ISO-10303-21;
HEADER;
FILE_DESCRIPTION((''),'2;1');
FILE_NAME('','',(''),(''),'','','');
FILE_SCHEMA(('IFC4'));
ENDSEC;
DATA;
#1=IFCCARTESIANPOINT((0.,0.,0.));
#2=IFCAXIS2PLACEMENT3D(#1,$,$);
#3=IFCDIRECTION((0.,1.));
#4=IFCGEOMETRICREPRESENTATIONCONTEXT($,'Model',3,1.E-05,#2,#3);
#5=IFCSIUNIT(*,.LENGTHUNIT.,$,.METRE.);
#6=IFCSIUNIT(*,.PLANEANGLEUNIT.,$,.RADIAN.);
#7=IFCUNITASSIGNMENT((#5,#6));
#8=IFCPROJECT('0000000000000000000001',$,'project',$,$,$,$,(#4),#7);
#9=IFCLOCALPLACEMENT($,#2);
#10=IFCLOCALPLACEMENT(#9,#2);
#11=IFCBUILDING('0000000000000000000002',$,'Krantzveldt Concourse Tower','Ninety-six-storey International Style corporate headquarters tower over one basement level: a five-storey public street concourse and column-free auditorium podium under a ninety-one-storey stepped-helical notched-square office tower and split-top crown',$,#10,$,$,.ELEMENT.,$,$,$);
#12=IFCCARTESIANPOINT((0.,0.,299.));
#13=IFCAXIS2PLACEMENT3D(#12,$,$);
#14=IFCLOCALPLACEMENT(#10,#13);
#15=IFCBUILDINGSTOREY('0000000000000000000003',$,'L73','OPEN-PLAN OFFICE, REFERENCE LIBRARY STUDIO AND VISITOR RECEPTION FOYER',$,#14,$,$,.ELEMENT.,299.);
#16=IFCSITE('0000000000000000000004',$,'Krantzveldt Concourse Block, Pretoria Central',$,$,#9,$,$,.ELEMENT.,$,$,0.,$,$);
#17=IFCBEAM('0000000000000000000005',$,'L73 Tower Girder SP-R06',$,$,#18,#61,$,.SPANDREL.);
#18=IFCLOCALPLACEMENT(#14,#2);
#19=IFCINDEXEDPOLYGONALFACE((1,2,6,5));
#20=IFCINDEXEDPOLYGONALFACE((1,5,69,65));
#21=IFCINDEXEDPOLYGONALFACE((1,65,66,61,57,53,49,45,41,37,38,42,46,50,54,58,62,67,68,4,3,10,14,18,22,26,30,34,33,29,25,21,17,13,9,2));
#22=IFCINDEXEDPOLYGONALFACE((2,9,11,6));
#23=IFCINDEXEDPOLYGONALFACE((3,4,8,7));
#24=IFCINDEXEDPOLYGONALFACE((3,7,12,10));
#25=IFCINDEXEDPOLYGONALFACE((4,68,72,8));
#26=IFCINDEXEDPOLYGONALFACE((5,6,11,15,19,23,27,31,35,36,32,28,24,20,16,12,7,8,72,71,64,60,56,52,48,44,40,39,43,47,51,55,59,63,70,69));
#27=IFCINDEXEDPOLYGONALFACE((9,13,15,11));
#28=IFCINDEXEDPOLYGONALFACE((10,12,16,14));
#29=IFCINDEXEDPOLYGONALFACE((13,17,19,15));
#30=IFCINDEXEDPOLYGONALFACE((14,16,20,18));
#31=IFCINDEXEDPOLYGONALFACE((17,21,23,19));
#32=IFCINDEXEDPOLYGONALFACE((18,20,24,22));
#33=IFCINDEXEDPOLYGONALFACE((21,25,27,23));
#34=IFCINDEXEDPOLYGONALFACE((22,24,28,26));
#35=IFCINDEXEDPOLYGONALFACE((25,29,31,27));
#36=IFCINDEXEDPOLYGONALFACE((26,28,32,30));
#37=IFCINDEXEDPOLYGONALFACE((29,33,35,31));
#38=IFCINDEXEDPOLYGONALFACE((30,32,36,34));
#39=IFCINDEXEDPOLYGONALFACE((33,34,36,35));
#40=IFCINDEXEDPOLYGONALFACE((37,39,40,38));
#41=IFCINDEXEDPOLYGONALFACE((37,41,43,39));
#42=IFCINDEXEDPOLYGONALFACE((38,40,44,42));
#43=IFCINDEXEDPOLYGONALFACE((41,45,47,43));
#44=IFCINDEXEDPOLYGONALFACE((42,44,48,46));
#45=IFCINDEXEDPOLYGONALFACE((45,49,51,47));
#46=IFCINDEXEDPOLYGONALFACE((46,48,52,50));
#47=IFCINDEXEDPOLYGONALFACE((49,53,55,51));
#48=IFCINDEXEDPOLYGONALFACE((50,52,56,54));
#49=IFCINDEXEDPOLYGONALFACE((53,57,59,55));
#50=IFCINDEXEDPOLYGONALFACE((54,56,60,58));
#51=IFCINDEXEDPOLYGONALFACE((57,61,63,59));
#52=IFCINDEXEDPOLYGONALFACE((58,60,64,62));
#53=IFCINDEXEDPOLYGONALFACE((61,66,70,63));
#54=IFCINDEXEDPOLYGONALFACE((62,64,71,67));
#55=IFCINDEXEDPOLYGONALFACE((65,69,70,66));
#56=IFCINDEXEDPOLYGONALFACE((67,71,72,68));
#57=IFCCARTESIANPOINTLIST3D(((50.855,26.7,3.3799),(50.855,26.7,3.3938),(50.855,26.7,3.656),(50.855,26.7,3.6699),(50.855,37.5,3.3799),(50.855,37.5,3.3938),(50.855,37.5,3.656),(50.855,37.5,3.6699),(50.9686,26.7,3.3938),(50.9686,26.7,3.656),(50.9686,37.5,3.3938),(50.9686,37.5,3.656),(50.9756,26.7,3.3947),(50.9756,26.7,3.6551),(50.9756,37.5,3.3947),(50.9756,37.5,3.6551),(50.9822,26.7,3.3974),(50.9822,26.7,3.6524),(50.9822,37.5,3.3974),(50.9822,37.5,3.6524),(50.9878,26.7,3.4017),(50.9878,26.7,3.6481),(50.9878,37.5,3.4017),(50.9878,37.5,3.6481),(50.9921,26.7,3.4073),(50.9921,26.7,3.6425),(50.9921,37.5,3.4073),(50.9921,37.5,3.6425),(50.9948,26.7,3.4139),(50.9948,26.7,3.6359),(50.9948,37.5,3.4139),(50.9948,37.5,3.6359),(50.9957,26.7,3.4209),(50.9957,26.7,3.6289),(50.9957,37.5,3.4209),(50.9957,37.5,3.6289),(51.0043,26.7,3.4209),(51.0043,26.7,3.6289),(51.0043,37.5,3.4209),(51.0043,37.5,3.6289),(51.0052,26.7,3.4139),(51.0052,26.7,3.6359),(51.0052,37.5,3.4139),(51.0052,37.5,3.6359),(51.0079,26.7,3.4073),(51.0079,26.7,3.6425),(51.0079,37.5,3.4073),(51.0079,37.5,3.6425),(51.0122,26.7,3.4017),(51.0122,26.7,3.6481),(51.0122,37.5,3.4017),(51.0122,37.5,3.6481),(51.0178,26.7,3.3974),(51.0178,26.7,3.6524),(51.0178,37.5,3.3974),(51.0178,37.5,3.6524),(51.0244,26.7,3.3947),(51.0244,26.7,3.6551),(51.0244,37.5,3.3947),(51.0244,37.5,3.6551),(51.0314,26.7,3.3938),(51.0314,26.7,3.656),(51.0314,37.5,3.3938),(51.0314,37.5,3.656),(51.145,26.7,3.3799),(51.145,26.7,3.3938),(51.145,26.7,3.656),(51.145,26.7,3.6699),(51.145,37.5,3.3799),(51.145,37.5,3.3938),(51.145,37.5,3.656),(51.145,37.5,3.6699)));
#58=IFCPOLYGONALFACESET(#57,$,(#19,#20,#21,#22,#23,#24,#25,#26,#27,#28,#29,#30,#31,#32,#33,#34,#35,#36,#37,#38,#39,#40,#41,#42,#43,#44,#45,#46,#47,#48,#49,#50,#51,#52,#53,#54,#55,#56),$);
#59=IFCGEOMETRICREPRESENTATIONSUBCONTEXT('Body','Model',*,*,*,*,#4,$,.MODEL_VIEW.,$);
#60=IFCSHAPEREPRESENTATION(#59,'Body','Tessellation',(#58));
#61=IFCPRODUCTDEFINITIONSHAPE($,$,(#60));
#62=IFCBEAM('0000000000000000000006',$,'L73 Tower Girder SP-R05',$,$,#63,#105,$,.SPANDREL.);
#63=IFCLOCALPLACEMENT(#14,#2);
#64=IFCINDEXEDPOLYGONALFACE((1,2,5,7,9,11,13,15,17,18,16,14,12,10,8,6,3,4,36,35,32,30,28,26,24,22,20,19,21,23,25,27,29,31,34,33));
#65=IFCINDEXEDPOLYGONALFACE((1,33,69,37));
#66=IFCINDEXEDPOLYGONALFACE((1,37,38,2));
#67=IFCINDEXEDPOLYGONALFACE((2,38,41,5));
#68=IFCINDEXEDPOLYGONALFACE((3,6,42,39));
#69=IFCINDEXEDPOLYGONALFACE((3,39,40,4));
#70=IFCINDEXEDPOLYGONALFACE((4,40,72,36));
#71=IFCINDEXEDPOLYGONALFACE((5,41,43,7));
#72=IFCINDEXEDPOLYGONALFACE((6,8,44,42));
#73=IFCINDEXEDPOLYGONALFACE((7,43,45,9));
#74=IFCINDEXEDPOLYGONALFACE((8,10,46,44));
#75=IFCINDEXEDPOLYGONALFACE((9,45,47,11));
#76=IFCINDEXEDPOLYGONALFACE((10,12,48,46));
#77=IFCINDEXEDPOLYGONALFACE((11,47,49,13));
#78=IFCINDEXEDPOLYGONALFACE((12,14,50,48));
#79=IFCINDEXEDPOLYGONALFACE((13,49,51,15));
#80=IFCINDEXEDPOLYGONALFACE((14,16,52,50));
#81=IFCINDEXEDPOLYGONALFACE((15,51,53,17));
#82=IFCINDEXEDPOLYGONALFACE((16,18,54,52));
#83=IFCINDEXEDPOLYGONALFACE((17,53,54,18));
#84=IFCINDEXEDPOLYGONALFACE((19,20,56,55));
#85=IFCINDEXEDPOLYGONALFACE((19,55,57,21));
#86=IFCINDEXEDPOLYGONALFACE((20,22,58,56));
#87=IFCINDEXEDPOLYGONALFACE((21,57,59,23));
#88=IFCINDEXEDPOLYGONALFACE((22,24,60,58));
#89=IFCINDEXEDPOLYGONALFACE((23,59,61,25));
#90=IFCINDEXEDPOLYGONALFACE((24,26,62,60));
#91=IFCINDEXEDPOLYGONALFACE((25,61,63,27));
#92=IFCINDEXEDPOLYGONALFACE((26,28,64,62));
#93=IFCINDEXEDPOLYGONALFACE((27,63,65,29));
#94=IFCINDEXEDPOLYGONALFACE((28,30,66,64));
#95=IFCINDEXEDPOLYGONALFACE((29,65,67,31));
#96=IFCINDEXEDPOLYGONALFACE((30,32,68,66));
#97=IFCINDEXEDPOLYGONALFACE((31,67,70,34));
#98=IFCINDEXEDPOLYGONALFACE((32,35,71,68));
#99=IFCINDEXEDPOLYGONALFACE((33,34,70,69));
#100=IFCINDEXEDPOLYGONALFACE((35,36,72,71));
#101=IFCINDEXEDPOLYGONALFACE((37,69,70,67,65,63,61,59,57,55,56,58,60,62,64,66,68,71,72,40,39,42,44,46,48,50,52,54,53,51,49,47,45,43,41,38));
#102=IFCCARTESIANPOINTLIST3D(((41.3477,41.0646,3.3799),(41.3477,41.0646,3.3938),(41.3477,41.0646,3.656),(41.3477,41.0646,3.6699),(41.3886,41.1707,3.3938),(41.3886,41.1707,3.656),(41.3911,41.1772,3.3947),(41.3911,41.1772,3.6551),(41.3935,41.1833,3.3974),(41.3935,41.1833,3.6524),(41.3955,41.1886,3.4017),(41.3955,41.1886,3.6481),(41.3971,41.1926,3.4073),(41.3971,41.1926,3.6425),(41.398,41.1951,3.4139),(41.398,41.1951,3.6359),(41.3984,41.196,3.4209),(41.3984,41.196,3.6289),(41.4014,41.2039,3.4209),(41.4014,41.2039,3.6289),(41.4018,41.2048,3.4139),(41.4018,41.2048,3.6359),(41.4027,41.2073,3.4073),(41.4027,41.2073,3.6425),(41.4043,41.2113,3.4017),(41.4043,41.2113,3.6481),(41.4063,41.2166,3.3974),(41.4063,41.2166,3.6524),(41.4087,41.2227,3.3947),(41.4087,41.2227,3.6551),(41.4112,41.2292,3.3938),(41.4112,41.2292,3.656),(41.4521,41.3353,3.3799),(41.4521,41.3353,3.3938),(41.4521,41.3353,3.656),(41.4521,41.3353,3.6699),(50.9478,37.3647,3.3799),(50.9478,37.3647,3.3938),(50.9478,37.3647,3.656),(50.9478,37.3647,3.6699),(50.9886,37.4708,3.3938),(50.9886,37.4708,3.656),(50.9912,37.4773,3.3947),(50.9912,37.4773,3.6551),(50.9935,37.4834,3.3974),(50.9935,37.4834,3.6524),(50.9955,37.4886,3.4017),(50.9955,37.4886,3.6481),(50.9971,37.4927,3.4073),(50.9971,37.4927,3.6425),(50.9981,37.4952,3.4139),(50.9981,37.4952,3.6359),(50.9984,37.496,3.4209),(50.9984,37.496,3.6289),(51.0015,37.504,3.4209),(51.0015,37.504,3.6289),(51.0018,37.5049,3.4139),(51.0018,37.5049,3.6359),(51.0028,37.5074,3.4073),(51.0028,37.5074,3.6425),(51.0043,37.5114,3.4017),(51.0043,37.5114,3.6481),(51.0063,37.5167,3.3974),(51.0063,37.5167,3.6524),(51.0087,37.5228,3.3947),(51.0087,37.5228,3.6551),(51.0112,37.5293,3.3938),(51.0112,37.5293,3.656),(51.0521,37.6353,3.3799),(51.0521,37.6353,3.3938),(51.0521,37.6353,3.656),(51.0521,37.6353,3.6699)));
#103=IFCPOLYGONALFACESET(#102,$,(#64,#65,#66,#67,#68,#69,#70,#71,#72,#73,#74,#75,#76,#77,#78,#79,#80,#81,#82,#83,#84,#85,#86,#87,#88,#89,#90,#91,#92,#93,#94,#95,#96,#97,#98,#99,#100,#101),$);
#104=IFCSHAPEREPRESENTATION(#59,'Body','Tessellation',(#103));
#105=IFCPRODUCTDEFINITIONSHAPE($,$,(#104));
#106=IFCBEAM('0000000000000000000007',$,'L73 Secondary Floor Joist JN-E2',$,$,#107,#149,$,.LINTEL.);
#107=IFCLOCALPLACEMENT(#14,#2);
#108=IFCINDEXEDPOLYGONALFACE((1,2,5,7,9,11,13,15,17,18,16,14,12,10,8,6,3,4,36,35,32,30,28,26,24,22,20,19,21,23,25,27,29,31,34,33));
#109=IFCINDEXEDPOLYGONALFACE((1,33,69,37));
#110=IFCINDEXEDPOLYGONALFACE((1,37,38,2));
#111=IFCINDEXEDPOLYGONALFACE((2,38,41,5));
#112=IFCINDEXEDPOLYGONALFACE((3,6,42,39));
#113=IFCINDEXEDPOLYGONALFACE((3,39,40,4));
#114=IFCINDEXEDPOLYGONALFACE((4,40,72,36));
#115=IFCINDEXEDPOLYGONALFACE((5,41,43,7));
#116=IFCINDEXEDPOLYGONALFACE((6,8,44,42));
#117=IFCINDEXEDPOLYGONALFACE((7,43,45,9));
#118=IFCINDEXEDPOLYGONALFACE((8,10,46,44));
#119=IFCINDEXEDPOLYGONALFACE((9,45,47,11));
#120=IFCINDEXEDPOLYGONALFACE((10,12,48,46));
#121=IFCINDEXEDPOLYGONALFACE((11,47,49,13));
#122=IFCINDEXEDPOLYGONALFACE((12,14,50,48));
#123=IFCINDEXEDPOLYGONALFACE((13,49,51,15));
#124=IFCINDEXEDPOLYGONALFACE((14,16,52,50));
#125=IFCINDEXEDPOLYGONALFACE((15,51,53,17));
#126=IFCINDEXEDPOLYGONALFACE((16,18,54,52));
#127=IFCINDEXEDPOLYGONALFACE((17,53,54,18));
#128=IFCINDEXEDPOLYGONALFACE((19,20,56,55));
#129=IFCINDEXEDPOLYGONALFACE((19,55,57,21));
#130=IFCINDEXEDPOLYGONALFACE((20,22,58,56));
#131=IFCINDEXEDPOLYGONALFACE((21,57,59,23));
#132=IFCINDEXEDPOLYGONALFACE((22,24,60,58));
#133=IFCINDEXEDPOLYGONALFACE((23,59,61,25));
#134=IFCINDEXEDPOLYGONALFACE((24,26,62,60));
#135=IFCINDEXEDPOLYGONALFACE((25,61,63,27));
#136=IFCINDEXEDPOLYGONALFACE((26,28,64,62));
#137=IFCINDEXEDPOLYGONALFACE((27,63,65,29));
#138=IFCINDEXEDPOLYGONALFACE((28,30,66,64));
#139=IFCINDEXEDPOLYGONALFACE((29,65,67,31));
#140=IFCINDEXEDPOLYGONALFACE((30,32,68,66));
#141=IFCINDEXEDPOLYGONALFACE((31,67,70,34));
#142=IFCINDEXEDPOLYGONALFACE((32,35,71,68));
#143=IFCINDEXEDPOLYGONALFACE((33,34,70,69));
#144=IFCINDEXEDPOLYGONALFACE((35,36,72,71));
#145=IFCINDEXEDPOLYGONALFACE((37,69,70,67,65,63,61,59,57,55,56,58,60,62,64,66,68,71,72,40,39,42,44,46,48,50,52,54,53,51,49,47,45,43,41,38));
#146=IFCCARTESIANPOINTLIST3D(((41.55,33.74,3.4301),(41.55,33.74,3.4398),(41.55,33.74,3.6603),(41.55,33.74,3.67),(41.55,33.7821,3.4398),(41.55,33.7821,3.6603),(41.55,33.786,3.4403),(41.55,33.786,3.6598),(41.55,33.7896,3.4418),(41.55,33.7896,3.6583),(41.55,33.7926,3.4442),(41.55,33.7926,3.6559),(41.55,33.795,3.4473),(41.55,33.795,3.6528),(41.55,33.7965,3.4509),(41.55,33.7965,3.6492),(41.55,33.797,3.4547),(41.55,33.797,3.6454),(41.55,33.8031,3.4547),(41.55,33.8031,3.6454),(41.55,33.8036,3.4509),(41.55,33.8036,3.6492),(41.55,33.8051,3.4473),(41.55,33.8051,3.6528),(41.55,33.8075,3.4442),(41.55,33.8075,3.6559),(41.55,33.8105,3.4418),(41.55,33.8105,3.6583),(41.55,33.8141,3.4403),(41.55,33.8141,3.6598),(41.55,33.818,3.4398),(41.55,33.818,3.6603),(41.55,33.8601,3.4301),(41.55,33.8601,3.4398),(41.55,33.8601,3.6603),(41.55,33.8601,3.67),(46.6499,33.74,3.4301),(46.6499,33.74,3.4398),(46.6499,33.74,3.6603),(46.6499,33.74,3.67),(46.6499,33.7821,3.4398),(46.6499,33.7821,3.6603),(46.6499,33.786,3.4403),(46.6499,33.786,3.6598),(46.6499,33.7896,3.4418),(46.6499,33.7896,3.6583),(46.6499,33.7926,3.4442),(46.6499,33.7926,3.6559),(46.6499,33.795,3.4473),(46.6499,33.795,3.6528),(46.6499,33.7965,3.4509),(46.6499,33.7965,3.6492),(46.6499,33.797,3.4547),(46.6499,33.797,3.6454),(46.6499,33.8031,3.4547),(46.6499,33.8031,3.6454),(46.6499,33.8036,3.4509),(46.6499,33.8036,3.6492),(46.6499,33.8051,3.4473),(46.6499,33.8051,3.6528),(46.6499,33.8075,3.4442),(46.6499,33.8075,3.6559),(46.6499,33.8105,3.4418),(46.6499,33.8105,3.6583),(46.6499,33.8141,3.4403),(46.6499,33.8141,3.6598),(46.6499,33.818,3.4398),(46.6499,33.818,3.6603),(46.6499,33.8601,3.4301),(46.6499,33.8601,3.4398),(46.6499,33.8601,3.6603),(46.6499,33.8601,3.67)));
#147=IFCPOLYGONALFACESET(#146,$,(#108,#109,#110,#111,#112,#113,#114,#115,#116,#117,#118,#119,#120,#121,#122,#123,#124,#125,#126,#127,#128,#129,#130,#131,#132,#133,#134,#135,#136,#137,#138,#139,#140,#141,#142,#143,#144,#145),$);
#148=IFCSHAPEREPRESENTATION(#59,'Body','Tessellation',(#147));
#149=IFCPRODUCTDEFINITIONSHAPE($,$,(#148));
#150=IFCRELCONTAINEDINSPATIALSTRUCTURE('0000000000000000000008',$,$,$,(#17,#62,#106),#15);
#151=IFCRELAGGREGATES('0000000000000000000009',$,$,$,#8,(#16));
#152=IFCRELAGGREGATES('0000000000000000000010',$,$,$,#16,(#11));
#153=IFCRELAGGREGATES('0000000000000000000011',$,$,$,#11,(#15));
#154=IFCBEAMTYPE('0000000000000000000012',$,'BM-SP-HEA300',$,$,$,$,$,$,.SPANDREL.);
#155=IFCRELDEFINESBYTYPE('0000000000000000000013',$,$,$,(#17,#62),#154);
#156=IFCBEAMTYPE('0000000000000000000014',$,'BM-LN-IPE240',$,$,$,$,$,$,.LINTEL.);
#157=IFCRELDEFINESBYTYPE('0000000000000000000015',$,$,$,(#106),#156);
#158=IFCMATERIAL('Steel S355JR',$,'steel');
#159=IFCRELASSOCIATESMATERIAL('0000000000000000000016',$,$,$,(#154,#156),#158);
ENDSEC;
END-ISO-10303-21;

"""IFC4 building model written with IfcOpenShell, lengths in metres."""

from ifc_helpers import new_model, si_unit, direction, frame, origin, origin_2d, place, context, subcontext, project, spatial, i_section, extrude, source, transform, mapped, material, material_profile, profile_set, type_object, type_shapes, element, save


model = new_model("IFC4")

# Units and contexts
model_context = context("Model", 3, precision=1e-05, world=origin(), true_north=direction((0.0, 1.0)))
body_context = subcontext(model_context, "Body", "Model", "MODEL_VIEW")
ifc_project = project(units=[si_unit("LENGTHUNIT", "METRE"), si_unit("PLANEANGLEUNIT", "RADIAN")], contexts=[model_context])

# Site, building, storey
site_placement = place(None, origin())
site = spatial("IfcSite", under=ifc_project, at=site_placement, Name="Krantzveldt Concourse Block, Pretoria Central", CompositionType="ELEMENT", RefElevation=0.0)
building_placement = place(site_placement, origin())
building = spatial("IfcBuilding", under=site, at=building_placement, Name="Krantzveldt Concourse Tower", Description="Ninety-six-storey International Style corporate headquarters tower over one basement level: a five-storey public street concourse and column-free auditorium podium under a ninety-one-storey stepped-helical notched-square office tower and split-top crown", CompositionType="ELEMENT")
storey_placement = place(building_placement, frame((0.0, 0.0, 299.0)))
storey = spatial("IfcBuildingStorey", under=building, at=storey_placement, Name="L73", Description="OPEN-PLAN OFFICE, REFERENCE LIBRARY STUDIO AND VISITOR RECEPTION FOYER", CompositionType="ELEMENT", Elevation=299.0)

# Beams
ifc_material_1 = material(Name="Steel S355JR", Category="steel")
ifc_material_profile_1 = material_profile(ifc_material_1, i_section(OverallWidth=0.29, OverallDepth=0.29, WebThickness=0.0085, FlangeThickness=0.0139, FilletRadius=0.0271, at=origin_2d()), Name="Steel S355JR", Category="steel")
ifc_profile_set_1 = profile_set([ifc_material_profile_1], Name="Steel S355JR - HEA 300")
beam_type_1 = type_object("IfcBeamType", Name="BM-SP-HEA300", PredefinedType="SPANDREL", material=ifc_profile_set_1)
shared_shape_1 = source(origin(), body_context, "Body", "SweptSolid", [
    extrude(i_section(OverallWidth=0.29, OverallDepth=0.29, WebThickness=0.0085, FlangeThickness=0.0139, FilletRadius=0.0271, at=origin_2d()), origin(), (0.0, 0.0, 1.0), 10.8),
])
beam_1_placement = place(storey_placement, frame((51.0, 37.5, 3.5249), z_axis=(0.0, -1.0, 0.0), x_axis=(1.0, 0.0, 0.0)))
element("IfcBeam", 1, at=beam_1_placement, inside=storey, type_object=beam_type_1, Name="L73 Tower Girder SP-R06", PredefinedType="SPANDREL", context=body_context, shape_type="MappedRepresentation", body=[
    mapped(shared_shape_1, transform((0.0, 0.0, 0.0), x_axis=(1.0, 0.0, 0.0), y_axis=(0.0, 1.0, 0.0), z_axis=(0.0, 0.0, 1.0), scale=1.0)),
])
shared_shape_2 = source(origin(), body_context, "Body", "SweptSolid", [
    extrude(i_section(OverallWidth=0.29, OverallDepth=0.29, WebThickness=0.0085, FlangeThickness=0.0139, FilletRadius=0.0271, at=origin_2d()), origin(), (0.0, 0.0, 1.0), 10.2883),
])
type_shapes(beam_type_1, [shared_shape_1, shared_shape_2])
beam_2_placement = place(storey_placement, frame((41.3999, 41.2, 3.5249), z_axis=(0.933098, -0.359623, 0.0), x_axis=(0.359623, 0.933098, 0.0)))
element("IfcBeam", 2, at=beam_2_placement, inside=storey, type_object=beam_type_1, Name="L73 Tower Girder SP-R05", PredefinedType="SPANDREL", context=body_context, shape_type="MappedRepresentation", body=[
    mapped(shared_shape_2, transform((0.0, 0.0, 0.0), x_axis=(1.0, 0.0, 0.0), y_axis=(0.0, 1.0, 0.0), z_axis=(0.0, 0.0, 1.0), scale=1.0)),
])
ifc_material_profile_2 = material_profile(ifc_material_1, i_section(OverallWidth=0.1201, OverallDepth=0.24, WebThickness=0.0061, FlangeThickness=0.0098, FilletRadius=0.0149, at=origin_2d()), Name="Steel S355JR", Category="steel")
ifc_profile_set_2 = profile_set([ifc_material_profile_2], Name="Steel S355JR - IPE 240")
beam_type_2 = type_object("IfcBeamType", Name="BM-LN-IPE240", PredefinedType="LINTEL", material=ifc_profile_set_2)
shared_shape_3 = source(origin(), body_context, "Body", "SweptSolid", [
    extrude(i_section(OverallWidth=0.1201, OverallDepth=0.24, WebThickness=0.0061, FlangeThickness=0.0098, FilletRadius=0.0149, at=origin_2d()), origin(), (0.0, 0.0, 1.0), 5.0999),
])
type_shapes(beam_type_2, [shared_shape_3])
beam_3_placement = place(storey_placement, frame((41.55, 33.8, 3.55), z_axis=(1.0, 0.0, 0.0), x_axis=(0.0, 1.0, 0.0)))
element("IfcBeam", 3, at=beam_3_placement, inside=storey, type_object=beam_type_2, Name="L73 Secondary Floor Joist JN-E2", PredefinedType="LINTEL", context=body_context, shape_type="MappedRepresentation", body=[
    mapped(shared_shape_3, transform((0.0, 0.0, 0.0), x_axis=(1.0, 0.0, 0.0), y_axis=(0.0, 1.0, 0.0), z_axis=(0.0, 0.0, 1.0), scale=1.0)),
])

save(model, "model.ifc")
